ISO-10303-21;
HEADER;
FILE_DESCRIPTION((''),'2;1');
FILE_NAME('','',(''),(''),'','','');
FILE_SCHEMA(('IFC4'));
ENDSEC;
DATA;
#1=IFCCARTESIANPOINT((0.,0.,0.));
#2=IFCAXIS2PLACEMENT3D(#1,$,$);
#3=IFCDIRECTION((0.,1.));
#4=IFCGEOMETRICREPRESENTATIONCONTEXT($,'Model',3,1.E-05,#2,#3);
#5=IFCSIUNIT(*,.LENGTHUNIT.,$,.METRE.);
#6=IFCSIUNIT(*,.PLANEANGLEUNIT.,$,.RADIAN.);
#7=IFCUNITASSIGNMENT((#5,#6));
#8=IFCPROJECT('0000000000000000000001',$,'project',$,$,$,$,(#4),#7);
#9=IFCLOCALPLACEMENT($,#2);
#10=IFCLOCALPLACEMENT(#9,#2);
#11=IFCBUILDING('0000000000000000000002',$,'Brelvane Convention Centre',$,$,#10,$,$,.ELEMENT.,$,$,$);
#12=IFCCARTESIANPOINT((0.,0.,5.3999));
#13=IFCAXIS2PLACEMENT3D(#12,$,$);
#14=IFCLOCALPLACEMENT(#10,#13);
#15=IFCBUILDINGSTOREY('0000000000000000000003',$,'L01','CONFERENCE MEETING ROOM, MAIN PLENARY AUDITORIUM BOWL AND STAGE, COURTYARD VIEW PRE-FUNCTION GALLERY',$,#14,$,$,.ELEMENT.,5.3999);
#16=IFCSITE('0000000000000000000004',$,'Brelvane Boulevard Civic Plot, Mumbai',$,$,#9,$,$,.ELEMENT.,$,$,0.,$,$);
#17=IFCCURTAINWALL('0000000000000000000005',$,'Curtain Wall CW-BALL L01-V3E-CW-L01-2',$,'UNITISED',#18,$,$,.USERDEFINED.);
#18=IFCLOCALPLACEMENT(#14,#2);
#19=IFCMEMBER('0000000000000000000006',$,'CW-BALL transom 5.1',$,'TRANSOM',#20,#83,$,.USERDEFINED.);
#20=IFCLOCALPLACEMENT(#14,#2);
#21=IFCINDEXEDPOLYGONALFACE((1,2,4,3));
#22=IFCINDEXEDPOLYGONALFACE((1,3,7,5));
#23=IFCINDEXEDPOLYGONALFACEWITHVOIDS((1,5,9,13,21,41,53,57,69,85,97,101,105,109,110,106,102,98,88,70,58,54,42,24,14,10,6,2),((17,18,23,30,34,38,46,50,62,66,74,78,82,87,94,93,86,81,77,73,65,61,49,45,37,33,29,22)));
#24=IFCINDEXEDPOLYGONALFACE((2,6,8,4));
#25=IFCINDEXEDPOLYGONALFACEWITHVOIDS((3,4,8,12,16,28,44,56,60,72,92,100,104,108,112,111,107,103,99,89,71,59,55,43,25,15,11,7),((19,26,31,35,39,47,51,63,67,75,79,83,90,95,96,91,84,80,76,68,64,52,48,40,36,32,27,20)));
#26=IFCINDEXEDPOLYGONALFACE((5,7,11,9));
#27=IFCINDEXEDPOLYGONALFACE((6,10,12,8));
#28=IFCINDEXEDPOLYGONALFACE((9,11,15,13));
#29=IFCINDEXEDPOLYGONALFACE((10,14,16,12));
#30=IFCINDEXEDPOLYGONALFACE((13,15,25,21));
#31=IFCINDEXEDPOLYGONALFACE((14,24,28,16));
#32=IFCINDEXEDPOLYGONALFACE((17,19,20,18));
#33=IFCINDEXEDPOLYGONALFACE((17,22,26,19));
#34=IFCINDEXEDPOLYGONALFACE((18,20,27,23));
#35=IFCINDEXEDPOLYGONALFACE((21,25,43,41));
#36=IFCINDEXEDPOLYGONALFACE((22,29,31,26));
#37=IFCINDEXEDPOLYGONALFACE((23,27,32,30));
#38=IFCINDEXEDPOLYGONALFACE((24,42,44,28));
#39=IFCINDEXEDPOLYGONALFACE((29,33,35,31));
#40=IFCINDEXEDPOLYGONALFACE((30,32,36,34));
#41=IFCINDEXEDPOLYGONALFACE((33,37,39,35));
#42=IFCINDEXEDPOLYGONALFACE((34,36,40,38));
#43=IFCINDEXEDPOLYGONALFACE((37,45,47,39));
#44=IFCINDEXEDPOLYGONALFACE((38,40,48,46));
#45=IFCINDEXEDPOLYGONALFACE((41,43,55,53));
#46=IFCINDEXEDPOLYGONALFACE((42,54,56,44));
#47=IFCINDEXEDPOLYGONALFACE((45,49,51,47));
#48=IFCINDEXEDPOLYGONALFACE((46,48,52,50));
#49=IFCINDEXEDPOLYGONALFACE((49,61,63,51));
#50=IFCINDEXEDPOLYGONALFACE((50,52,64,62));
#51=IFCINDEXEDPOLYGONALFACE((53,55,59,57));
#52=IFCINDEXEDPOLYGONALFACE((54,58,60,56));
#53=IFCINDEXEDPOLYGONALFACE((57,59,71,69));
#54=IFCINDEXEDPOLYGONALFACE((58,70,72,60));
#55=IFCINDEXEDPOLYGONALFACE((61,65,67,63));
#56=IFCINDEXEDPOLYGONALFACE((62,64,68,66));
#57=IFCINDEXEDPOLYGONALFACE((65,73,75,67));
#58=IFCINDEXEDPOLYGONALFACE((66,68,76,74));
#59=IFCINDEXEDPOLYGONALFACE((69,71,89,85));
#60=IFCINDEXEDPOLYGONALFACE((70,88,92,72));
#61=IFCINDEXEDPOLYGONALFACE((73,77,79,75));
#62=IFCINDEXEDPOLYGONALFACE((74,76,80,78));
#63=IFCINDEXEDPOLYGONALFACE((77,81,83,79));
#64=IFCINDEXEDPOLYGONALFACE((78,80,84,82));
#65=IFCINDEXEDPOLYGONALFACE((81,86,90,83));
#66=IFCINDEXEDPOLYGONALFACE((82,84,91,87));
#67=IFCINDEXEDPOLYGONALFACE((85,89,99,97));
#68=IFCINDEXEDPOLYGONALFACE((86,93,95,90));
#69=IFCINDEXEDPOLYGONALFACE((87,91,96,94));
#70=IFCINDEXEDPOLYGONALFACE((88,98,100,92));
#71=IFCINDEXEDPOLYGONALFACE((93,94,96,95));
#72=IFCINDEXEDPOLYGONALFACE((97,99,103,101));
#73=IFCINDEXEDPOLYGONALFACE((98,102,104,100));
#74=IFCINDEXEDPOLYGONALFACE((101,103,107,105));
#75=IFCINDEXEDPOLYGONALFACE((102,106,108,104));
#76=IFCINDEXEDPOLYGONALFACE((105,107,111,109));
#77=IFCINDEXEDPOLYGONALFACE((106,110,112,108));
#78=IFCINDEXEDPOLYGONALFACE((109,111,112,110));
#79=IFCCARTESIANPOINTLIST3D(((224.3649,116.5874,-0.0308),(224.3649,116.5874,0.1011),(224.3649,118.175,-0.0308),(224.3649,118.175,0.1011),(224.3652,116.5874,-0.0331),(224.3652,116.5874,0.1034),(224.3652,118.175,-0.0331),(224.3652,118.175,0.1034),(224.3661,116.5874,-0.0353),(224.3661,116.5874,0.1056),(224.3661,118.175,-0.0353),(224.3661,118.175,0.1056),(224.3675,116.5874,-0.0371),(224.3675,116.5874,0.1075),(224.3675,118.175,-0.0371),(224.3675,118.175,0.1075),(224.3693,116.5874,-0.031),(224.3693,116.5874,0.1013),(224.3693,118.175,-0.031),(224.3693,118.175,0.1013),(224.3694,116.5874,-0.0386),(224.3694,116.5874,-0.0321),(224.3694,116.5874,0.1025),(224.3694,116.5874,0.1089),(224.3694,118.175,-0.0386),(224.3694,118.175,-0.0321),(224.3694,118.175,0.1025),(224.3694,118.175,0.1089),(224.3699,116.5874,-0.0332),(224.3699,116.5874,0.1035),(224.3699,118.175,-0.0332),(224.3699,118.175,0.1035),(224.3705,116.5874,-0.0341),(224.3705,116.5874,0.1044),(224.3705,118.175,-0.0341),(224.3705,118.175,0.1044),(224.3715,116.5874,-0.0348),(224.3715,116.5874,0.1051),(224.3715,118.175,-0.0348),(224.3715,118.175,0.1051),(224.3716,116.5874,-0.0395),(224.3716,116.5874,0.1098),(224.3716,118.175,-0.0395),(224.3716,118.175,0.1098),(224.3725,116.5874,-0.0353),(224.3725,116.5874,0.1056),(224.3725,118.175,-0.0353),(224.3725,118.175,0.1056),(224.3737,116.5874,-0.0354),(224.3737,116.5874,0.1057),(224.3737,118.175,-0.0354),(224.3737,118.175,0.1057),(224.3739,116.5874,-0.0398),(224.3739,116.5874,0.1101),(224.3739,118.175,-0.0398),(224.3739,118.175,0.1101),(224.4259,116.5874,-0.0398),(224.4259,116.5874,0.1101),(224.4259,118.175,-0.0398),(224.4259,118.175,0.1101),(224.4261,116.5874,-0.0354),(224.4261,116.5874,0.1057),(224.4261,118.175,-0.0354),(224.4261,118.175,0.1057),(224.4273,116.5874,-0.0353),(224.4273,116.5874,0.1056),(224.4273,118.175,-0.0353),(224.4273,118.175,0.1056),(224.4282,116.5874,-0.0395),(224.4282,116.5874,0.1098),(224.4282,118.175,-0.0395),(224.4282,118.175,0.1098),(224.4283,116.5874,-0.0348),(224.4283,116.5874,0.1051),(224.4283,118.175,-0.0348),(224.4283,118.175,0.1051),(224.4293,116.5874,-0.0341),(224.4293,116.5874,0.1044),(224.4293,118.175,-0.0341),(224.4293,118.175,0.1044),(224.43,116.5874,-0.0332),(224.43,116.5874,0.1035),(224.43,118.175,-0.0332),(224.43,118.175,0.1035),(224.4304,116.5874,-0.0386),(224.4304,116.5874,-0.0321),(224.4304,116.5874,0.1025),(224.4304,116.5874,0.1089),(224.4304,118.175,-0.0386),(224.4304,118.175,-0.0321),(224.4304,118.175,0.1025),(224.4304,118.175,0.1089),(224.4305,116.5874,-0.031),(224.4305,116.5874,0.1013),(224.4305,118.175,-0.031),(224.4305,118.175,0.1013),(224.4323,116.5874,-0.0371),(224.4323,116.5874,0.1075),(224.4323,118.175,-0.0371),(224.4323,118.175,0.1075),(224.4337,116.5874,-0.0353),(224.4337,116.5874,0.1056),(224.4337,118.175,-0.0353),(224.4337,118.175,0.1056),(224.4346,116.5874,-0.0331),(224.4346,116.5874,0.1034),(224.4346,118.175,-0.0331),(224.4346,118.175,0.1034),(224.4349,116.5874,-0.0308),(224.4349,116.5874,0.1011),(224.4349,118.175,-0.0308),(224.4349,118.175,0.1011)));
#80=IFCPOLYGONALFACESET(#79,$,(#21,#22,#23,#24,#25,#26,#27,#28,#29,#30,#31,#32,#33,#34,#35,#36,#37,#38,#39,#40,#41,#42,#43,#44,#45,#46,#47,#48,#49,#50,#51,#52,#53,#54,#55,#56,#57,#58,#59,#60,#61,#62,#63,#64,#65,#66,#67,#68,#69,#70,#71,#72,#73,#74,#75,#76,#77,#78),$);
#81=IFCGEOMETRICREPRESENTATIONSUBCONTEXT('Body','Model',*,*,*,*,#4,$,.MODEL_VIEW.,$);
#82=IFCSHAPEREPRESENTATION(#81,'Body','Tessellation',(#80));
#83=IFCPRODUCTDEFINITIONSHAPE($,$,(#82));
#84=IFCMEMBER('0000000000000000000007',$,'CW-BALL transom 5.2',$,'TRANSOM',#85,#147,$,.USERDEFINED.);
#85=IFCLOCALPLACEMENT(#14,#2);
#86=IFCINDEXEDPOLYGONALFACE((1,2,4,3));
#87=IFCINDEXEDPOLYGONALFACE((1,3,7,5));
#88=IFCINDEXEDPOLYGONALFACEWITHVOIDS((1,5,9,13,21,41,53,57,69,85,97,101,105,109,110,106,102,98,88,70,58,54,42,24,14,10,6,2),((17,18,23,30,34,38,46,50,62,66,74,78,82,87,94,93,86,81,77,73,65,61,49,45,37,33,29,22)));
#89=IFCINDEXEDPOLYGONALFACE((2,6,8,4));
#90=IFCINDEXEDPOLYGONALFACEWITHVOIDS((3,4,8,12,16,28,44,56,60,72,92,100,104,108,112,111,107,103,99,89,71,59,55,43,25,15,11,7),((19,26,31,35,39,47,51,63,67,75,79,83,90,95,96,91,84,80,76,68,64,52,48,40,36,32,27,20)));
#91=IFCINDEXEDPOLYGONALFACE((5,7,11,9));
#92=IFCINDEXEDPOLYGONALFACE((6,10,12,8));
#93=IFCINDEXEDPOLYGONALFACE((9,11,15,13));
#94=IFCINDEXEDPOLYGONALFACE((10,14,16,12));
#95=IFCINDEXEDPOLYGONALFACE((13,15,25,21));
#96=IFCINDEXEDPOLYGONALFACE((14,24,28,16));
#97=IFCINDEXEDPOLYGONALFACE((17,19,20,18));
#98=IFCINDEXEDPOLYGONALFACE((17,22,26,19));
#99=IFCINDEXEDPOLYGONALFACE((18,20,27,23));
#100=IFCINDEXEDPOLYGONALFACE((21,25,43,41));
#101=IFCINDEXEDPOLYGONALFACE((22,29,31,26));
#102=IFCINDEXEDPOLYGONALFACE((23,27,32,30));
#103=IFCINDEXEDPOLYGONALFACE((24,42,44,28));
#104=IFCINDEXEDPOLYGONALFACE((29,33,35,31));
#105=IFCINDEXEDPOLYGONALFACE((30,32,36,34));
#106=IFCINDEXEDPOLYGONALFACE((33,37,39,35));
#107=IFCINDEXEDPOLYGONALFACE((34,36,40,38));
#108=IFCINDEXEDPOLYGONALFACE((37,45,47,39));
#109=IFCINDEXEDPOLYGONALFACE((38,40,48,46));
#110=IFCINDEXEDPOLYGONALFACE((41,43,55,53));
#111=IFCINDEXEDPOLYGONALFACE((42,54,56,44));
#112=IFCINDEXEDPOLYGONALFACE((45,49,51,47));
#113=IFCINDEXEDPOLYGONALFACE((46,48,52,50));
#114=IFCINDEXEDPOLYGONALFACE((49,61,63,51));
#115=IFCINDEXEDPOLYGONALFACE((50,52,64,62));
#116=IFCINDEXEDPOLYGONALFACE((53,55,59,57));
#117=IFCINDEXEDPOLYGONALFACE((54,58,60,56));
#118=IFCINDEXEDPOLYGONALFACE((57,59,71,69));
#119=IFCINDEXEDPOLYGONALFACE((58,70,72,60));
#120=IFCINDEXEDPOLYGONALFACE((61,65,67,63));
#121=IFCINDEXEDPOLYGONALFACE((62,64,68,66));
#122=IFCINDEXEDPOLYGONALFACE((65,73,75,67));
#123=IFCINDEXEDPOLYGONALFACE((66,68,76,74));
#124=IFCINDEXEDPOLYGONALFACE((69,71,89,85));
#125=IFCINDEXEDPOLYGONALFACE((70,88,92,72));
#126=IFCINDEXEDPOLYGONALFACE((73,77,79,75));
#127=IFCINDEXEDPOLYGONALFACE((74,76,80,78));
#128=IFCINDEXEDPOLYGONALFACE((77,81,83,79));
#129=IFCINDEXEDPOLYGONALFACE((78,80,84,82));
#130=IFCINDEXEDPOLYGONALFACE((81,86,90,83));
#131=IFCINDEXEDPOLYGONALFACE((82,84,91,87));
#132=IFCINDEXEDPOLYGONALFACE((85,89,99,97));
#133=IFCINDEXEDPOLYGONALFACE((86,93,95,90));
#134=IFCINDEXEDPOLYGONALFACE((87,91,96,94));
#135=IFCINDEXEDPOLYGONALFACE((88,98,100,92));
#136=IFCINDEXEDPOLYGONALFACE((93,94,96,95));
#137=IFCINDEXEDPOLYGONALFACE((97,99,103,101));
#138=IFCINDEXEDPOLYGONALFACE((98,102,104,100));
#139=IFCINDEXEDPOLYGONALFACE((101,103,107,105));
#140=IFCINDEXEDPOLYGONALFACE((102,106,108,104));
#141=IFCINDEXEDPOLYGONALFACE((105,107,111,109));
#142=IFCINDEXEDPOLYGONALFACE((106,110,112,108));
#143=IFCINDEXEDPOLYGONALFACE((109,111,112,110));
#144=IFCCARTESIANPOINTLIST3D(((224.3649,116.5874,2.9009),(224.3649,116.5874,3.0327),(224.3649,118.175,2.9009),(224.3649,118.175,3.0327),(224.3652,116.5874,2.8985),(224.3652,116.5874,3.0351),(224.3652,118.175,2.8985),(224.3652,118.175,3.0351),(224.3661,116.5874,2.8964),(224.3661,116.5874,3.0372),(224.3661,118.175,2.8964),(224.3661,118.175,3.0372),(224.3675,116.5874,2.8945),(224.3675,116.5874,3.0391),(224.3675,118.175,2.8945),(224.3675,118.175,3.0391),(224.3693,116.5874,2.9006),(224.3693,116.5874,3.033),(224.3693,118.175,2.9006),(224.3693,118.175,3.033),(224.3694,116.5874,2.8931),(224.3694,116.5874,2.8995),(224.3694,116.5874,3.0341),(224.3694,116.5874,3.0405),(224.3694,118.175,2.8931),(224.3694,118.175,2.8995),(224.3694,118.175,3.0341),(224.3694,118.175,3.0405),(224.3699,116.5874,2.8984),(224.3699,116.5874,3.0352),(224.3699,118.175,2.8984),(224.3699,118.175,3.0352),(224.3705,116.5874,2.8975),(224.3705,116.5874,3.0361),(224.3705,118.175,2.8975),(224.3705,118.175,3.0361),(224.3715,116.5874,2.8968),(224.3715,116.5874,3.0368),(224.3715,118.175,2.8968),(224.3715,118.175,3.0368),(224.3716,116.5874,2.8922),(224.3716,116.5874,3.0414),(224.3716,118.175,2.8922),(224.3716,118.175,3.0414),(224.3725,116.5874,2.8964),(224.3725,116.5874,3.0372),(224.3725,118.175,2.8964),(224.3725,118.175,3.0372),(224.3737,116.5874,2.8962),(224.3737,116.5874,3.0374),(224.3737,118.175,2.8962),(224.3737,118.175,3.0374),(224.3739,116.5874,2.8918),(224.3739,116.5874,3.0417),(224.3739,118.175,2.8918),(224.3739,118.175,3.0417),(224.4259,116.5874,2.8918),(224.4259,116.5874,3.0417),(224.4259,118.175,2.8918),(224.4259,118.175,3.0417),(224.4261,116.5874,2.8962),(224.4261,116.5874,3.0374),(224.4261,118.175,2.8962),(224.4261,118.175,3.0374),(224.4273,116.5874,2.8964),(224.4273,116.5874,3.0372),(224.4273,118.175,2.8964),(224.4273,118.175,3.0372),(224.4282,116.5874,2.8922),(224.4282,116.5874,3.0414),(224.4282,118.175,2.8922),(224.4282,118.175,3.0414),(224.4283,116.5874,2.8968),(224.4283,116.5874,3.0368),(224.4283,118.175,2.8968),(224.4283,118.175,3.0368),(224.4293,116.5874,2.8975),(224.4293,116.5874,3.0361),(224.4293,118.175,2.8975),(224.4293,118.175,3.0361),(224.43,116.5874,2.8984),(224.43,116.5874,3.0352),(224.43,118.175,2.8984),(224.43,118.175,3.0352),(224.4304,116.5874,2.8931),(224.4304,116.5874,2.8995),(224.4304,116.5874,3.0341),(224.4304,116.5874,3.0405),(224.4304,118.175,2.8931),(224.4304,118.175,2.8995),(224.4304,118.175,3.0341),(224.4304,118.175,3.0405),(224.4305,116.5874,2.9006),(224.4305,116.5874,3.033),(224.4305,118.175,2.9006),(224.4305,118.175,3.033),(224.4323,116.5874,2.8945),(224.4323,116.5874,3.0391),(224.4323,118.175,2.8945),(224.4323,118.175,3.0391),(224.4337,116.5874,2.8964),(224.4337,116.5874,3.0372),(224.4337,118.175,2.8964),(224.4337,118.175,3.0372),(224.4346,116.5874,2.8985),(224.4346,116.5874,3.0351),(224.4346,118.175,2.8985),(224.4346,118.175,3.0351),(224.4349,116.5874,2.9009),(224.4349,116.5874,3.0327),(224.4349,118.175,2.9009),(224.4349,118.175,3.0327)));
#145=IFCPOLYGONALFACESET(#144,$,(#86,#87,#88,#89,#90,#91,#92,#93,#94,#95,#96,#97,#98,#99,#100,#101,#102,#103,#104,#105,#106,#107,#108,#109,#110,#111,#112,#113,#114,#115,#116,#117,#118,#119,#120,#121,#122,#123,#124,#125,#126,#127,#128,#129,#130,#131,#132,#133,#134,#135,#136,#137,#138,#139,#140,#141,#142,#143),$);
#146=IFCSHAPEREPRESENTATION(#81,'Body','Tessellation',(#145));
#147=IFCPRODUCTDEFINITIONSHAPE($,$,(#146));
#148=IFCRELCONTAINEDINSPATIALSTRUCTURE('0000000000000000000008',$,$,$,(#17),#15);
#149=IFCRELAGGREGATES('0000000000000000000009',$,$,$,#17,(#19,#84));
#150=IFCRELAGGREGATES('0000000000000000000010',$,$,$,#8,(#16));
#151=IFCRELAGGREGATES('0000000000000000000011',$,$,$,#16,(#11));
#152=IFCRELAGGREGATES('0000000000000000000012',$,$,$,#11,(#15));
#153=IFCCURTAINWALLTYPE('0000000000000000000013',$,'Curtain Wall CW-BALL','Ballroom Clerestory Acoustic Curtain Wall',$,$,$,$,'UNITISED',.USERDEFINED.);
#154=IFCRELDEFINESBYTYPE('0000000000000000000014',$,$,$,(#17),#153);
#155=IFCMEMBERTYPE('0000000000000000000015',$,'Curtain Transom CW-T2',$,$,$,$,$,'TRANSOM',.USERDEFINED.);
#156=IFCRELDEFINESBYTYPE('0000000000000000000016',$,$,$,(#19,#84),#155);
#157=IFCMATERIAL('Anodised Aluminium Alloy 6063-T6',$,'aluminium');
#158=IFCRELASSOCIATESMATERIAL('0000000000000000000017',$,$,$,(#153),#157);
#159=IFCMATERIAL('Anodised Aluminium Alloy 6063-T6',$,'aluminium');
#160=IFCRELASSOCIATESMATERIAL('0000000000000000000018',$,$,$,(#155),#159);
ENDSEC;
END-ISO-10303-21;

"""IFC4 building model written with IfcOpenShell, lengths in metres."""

from ifc_helpers import new_model, si_unit, direction, frame, origin, origin_2d, place, context, subcontext, project, spatial, hollow_rectangle, extrude, material, material_profile, profile_set, type_object, element, aggregate, save


model = new_model("IFC4")

# Units and contexts
model_context = context("Model", 3, precision=1e-05, world=origin(), true_north=direction((0.0, 1.0)))
body_context = subcontext(model_context, "Body", "Model", "MODEL_VIEW")
ifc_project = project(units=[si_unit("LENGTHUNIT", "METRE"), si_unit("PLANEANGLEUNIT", "RADIAN")], contexts=[model_context])

# Site, building, storey
site_placement = place(None, origin())
site = spatial("IfcSite", under=ifc_project, at=site_placement, Name="Brelvane Boulevard Civic Plot, Mumbai", CompositionType="ELEMENT", RefElevation=0.0)
building_placement = place(site_placement, origin())
building = spatial("IfcBuilding", under=site, at=building_placement, Name="Brelvane Convention Centre", CompositionType="ELEMENT")
storey_placement = place(building_placement, frame((0.0, 0.0, 5.3999)))
storey = spatial("IfcBuildingStorey", under=building, at=storey_placement, Name="L01", Description="CONFERENCE MEETING ROOM, MAIN PLENARY AUDITORIUM BOWL AND STAGE, COURTYARD VIEW PRE-FUNCTION GALLERY", CompositionType="ELEMENT", Elevation=5.3999)

# Curtain wall
ifc_material_1 = material(Name="Anodised Aluminium Alloy 6063-T6", Category="aluminium")
curtain_wall_type = type_object("IfcCurtainWallType", Name="Curtain Wall CW-BALL", Description="Ballroom Clerestory Acoustic Curtain Wall", ElementType="UNITISED", PredefinedType="USERDEFINED", material=ifc_material_1)
curtain_wall_1_placement = place(storey_placement, origin())
curtain_wall_1 = element("IfcCurtainWall", 1, at=curtain_wall_1_placement, inside=storey, type_object=curtain_wall_type, Name="Curtain Wall CW-BALL L01-V3E-CW-L01-2", ObjectType="UNITISED", PredefinedType="USERDEFINED")

# Members
ifc_material_2 = material(Name="Anodised Aluminium Alloy 6063-T6", Category="aluminium")
ifc_material_profile_1 = material_profile(ifc_material_2, hollow_rectangle(XDim=0.0701, YDim=0.1499, WallThickness=0.0044, InnerFilletRadius=0.0044, OuterFilletRadius=0.009, at=origin_2d()), Name="ALU-T 150x70x4.5")
ifc_profile_set_1 = profile_set([ifc_material_profile_1], Name="Anodised Aluminium Alloy 6063-T6")
member_type_1 = type_object("IfcMemberType", Name="Curtain Transom CW-T2", ElementType="TRANSOM", PredefinedType="USERDEFINED", material=ifc_profile_set_1)
member_1_placement = place(storey_placement, frame((224.3999, 116.5874, 0.0352), z_axis=(0.0, 1.0, 0.0), x_axis=(-1.0, 0.0, 0.0)))
member_1 = element("IfcMember", 2, at=member_1_placement, type_object=member_type_1, Name="CW-BALL transom 5.1", ObjectType="TRANSOM", PredefinedType="USERDEFINED", context=body_context, shape_type="SweptSolid", body=[
    extrude(hollow_rectangle(XDim=0.0701, YDim=0.1499, WallThickness=0.0044, InnerFilletRadius=0.0044, OuterFilletRadius=0.009, at=origin_2d()), origin(), (0.0, 0.0, 1.0), 1.5876),
])
member_2_placement = place(storey_placement, frame((224.3999, 116.5874, 2.9668), z_axis=(0.0, 1.0, 0.0), x_axis=(-1.0, 0.0, 0.0)))
member_2 = element("IfcMember", 3, at=member_2_placement, type_object=member_type_1, Name="CW-BALL transom 5.2", ObjectType="TRANSOM", PredefinedType="USERDEFINED", context=body_context, shape_type="SweptSolid", body=[
    extrude(hollow_rectangle(XDim=0.0701, YDim=0.1499, WallThickness=0.0044, InnerFilletRadius=0.0044, OuterFilletRadius=0.009, at=origin_2d()), origin(), (0.0, 0.0, 1.0), 1.5876),
])

aggregate(curtain_wall_1, [member_1, member_2])

save(model, "model.ifc")
